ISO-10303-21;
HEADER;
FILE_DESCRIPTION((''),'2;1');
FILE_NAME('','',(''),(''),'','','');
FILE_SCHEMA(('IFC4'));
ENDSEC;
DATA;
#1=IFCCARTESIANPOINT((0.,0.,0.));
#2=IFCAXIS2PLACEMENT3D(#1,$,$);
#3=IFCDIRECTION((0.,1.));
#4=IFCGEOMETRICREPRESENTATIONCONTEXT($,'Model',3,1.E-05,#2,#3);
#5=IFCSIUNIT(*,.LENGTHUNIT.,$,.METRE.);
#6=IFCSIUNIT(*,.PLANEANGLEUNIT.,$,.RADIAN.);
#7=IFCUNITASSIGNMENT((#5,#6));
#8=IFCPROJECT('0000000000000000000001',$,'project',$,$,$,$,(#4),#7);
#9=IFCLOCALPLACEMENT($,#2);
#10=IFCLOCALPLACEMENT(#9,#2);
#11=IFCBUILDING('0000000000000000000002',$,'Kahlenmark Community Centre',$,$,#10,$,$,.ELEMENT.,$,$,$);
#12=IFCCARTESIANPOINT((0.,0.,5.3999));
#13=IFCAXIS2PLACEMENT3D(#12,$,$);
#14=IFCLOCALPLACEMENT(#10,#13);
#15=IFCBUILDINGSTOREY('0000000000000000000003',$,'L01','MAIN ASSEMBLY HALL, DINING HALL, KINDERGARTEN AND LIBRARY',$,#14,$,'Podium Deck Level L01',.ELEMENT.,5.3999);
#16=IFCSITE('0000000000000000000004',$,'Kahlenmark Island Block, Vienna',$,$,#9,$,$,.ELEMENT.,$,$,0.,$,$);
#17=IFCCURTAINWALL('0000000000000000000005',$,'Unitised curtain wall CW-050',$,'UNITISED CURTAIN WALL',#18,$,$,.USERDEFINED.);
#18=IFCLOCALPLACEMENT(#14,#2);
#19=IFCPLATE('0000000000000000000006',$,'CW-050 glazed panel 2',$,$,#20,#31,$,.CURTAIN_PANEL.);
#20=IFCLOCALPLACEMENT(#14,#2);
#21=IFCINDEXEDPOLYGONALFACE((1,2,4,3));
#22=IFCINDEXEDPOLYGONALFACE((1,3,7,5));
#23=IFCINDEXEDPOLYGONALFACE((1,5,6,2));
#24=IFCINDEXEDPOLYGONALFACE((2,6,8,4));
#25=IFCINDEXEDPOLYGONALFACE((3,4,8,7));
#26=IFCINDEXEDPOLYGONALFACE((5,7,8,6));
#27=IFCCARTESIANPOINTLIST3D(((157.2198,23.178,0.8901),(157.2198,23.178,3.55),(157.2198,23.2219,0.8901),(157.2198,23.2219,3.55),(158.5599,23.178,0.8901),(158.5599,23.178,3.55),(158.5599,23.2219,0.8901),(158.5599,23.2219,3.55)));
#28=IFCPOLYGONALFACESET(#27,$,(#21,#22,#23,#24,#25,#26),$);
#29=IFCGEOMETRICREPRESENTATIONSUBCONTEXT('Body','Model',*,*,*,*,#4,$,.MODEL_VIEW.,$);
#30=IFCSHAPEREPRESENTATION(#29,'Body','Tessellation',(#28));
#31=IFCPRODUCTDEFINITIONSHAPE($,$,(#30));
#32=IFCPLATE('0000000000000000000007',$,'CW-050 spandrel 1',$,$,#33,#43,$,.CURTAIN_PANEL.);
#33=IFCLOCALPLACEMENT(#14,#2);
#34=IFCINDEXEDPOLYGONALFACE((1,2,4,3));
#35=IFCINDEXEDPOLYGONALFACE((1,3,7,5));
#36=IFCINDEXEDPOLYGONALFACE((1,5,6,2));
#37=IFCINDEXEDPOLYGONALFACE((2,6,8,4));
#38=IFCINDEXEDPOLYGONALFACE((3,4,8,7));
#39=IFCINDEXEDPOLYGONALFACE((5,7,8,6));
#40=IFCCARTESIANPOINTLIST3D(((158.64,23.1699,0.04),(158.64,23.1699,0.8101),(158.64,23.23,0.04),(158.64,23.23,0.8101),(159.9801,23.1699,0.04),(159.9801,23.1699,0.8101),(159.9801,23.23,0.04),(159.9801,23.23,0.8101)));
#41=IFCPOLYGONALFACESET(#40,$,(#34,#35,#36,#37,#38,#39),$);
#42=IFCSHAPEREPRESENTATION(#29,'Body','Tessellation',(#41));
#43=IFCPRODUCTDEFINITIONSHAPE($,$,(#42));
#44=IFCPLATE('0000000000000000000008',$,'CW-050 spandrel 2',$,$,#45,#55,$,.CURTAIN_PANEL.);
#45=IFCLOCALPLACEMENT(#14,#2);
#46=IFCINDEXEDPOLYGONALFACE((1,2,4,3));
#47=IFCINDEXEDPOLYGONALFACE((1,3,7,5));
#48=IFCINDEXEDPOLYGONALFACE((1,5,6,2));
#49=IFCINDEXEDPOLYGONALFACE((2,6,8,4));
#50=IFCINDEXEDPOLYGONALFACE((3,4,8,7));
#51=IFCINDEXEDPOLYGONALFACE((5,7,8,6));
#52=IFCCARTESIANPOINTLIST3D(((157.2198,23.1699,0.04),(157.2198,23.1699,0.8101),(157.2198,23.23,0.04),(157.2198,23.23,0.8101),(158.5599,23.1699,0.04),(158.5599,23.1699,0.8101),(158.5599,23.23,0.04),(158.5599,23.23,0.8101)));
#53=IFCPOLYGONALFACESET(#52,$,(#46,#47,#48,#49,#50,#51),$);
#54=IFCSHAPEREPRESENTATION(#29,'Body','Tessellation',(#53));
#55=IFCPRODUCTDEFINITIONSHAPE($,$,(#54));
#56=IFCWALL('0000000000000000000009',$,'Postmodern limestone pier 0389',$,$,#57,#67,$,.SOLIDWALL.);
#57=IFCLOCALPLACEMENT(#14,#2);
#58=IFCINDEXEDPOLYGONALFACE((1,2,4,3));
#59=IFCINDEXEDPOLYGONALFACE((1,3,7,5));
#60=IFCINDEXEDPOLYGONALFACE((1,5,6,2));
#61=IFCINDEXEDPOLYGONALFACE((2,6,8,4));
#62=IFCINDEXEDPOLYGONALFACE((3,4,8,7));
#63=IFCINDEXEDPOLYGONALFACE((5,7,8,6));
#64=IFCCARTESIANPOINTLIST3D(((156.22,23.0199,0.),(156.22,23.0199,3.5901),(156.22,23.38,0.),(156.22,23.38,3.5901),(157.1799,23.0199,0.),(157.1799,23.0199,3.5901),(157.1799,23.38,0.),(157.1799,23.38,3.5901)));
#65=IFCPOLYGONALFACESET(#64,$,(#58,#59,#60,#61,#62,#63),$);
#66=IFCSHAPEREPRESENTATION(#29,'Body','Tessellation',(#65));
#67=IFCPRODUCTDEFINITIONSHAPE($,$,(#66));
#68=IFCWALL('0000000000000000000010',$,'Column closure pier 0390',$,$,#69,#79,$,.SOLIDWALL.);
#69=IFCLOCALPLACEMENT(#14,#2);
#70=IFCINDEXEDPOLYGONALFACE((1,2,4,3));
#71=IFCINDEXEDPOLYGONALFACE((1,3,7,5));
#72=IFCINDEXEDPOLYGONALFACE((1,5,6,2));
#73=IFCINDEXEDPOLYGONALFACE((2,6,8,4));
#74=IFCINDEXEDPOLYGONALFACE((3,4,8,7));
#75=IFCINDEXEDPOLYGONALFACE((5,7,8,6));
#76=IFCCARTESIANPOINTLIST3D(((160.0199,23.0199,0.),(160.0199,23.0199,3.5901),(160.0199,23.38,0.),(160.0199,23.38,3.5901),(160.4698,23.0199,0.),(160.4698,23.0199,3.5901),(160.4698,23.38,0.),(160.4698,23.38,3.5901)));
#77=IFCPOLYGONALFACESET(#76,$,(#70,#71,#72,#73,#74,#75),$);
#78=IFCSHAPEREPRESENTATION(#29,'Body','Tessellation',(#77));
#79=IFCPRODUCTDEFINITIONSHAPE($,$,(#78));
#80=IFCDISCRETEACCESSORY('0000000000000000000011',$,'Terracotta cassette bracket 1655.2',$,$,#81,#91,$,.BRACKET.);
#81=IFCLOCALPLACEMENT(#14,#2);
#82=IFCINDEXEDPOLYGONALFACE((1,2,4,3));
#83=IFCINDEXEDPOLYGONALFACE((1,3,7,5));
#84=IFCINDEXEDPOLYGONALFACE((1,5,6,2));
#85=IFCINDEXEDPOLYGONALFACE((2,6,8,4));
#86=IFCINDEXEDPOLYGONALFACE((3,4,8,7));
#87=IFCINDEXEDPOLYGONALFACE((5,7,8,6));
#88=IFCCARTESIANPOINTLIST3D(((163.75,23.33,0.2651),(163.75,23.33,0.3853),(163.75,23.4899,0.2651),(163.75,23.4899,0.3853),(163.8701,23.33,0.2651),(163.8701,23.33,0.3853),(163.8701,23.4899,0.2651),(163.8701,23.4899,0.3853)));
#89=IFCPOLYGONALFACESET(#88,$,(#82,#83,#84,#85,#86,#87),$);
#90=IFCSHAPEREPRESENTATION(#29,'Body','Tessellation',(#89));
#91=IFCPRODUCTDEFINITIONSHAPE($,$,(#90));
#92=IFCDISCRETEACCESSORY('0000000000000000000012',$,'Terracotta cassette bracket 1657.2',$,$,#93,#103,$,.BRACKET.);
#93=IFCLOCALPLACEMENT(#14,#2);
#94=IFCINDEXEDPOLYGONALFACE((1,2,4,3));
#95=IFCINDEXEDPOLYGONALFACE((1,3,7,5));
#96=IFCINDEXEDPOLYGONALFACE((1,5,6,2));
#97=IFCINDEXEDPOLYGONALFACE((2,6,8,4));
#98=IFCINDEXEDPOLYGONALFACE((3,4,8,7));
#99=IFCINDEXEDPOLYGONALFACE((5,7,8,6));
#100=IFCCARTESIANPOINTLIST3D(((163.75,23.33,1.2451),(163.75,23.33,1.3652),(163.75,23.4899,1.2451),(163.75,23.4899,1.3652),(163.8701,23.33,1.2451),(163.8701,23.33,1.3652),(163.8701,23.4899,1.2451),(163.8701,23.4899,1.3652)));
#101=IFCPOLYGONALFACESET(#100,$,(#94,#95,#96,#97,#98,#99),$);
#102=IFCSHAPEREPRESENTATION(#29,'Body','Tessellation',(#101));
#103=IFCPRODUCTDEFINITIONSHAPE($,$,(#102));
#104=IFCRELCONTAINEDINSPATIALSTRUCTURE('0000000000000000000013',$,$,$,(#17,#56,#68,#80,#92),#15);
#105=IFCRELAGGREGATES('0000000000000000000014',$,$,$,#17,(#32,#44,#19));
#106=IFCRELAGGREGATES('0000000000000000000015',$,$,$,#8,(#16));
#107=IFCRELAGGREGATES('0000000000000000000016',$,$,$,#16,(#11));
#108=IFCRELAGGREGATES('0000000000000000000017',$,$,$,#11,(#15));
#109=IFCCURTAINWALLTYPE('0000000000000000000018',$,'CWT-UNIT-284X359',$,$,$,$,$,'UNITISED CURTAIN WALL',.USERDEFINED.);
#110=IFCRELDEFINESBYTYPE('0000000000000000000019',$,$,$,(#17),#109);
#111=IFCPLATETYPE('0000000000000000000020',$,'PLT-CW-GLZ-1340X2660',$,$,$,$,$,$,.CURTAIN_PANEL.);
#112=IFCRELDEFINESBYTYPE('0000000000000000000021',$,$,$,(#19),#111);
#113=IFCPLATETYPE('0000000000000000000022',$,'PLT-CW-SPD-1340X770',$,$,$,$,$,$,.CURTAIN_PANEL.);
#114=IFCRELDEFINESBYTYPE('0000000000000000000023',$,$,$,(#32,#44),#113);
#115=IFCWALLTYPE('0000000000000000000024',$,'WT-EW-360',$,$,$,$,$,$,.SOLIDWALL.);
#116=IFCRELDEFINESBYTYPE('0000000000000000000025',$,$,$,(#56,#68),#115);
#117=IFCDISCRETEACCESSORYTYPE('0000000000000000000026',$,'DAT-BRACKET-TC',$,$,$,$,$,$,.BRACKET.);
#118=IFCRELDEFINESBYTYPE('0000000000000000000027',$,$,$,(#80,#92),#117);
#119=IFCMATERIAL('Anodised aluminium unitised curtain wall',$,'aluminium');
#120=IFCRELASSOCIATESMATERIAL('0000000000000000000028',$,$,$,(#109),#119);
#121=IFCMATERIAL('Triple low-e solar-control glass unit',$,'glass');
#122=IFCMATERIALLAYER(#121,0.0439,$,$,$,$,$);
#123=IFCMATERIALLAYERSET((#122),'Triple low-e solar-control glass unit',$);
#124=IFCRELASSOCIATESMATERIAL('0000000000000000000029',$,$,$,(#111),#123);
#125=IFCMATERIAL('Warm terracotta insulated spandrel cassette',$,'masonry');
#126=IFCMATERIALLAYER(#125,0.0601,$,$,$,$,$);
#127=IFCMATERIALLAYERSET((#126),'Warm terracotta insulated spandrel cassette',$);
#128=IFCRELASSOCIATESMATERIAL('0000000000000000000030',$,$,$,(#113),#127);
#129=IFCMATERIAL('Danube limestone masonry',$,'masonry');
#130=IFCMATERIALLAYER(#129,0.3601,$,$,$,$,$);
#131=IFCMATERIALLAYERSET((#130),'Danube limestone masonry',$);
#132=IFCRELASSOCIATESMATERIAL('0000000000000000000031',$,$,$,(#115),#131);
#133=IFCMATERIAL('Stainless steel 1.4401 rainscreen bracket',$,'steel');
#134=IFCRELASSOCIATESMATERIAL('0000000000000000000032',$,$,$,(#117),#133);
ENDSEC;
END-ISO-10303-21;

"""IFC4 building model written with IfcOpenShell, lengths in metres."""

from ifc_helpers import new_model, si_unit, direction, frame, frame_2d, origin, origin_2d, place, context, subcontext, project, spatial, rectangle, extrude, material, layer, layer_set, type_object, element, aggregate, save


model = new_model("IFC4")

# Units and contexts
model_context = context("Model", 3, precision=1e-05, world=origin(), true_north=direction((0.0, 1.0)))
body_context = subcontext(model_context, "Body", "Model", "MODEL_VIEW")
ifc_project = project(units=[si_unit("LENGTHUNIT", "METRE"), si_unit("PLANEANGLEUNIT", "RADIAN")], contexts=[model_context])

# Site, building, storey
site_placement = place(None, origin())
site = spatial("IfcSite", under=ifc_project, at=site_placement, Name="Kahlenmark Island Block, Vienna", CompositionType="ELEMENT", RefElevation=0.0)
building_placement = place(site_placement, origin())
building = spatial("IfcBuilding", under=site, at=building_placement, Name="Kahlenmark Community Centre", CompositionType="ELEMENT")
storey_placement = place(building_placement, frame((0.0, 0.0, 5.3999)))
storey = spatial("IfcBuildingStorey", under=building, at=storey_placement, Name="L01", Description="MAIN ASSEMBLY HALL, DINING HALL, KINDERGARTEN AND LIBRARY", LongName="Podium Deck Level L01", CompositionType="ELEMENT", Elevation=5.3999)

# Curtain wall
ifc_material_1 = material(Name="Anodised aluminium unitised curtain wall", Category="aluminium")
curtain_wall_type = type_object("IfcCurtainWallType", Name="CWT-UNIT-284X359", ElementType="UNITISED CURTAIN WALL", PredefinedType="USERDEFINED", material=ifc_material_1)
curtain_wall_1_placement = place(storey_placement, origin())
curtain_wall_1 = element("IfcCurtainWall", 1, at=curtain_wall_1_placement, inside=storey, type_object=curtain_wall_type, Name="Unitised curtain wall CW-050", ObjectType="UNITISED CURTAIN WALL", PredefinedType="USERDEFINED")

# Plates
ifc_material_2 = material(Name="Triple low-e solar-control glass unit", Category="glass")
ifc_layer_1 = layer(ifc_material_2, 0.0439)
ifc_layer_set_1 = layer_set([ifc_layer_1], Name="Triple low-e solar-control glass unit")
plate_type_1 = type_object("IfcPlateType", Name="PLT-CW-GLZ-1340X2660", PredefinedType="CURTAIN_PANEL", material=ifc_layer_set_1)
plate_1_placement = place(storey_placement, frame((157.8899, 23.2, 0.8901), z_axis=(0.0, 0.0, 1.0), x_axis=(-1.0, 0.0, 0.0)))
plate_1 = element("IfcPlate", 2, at=plate_1_placement, type_object=plate_type_1, Name="CW-050 glazed panel 2", PredefinedType="CURTAIN_PANEL", context=body_context, shape_type="SweptSolid", body=[
    extrude(rectangle(XDim=1.3401, YDim=0.0439, at=origin_2d()), origin(), (0.0, 0.0, 1.0), 2.6599),
])
ifc_material_3 = material(Name="Warm terracotta insulated spandrel cassette", Category="masonry")
ifc_layer_2 = layer(ifc_material_3, 0.0601)
ifc_layer_set_2 = layer_set([ifc_layer_2], Name="Warm terracotta insulated spandrel cassette")
plate_type_2 = type_object("IfcPlateType", Name="PLT-CW-SPD-1340X770", PredefinedType="CURTAIN_PANEL", material=ifc_layer_set_2)
plate_2_placement = place(storey_placement, frame((159.3101, 23.2, 0.04), z_axis=(0.0, 0.0, 1.0), x_axis=(-1.0, 0.0, 0.0)))
plate_2 = element("IfcPlate", 3, at=plate_2_placement, type_object=plate_type_2, Name="CW-050 spandrel 1", PredefinedType="CURTAIN_PANEL", context=body_context, shape_type="SweptSolid", body=[
    extrude(rectangle(XDim=1.3401, YDim=0.0601, at=origin_2d()), origin(), (0.0, 0.0, 1.0), 0.77),
])
plate_3_placement = place(storey_placement, frame((157.8899, 23.2, 0.04), z_axis=(0.0, 0.0, 1.0), x_axis=(-1.0, 0.0, 0.0)))
plate_3 = element("IfcPlate", 4, at=plate_3_placement, type_object=plate_type_2, Name="CW-050 spandrel 2", PredefinedType="CURTAIN_PANEL", context=body_context, shape_type="SweptSolid", body=[
    extrude(rectangle(XDim=1.3401, YDim=0.0601, at=origin_2d()), origin(), (0.0, 0.0, 1.0), 0.77),
])
aggregate(curtain_wall_1, [plate_2, plate_3, plate_1])

# Walls
ifc_material_4 = material(Name="Danube limestone masonry", Category="masonry")
ifc_layer_3 = layer(ifc_material_4, 0.3601)
ifc_layer_set_3 = layer_set([ifc_layer_3], Name="Danube limestone masonry")
wall_type = type_object("IfcWallType", Name="WT-EW-360", PredefinedType="SOLIDWALL", material=ifc_layer_set_3)
wall_1_placement = place(storey_placement, frame((157.1799, 23.2, 0.0), z_axis=(0.0, 0.0, 1.0), x_axis=(-1.0, 0.0, 0.0)))
element("IfcWall", 5, at=wall_1_placement, inside=storey, type_object=wall_type, Name="Postmodern limestone pier 0389", PredefinedType="SOLIDWALL", context=body_context, shape_type="SweptSolid", body=[
    extrude(rectangle(XDim=0.96, YDim=0.3601, at=frame_2d((0.48, 0.0))), origin(), (0.0, 0.0, 1.0), 3.5901),
])
wall_2_placement = place(storey_placement, frame((160.47, 23.2, 0.0), z_axis=(0.0, 0.0, 1.0), x_axis=(-1.0, 0.0, 0.0)))
element("IfcWall", 6, at=wall_2_placement, inside=storey, type_object=wall_type, Name="Column closure pier 0390", PredefinedType="SOLIDWALL", context=body_context, shape_type="SweptSolid", body=[
    extrude(rectangle(XDim=0.45, YDim=0.3601, at=frame_2d((0.2251, 0.0))), origin(), (0.0, 0.0, 1.0), 3.5901),
])

# Discrete accessories
ifc_material_5 = material(Name="Stainless steel 1.4401 rainscreen bracket", Category="steel")
discrete_accessory_type = type_object("IfcDiscreteAccessoryType", Name="DAT-BRACKET-TC", PredefinedType="BRACKET", material=ifc_material_5)
for number, where, z_axis, x_axis, name in (
    (7, (163.8101, 23.4099, 0.2651), (0.0, 0.0, 1.0), (-1.0, 0.0, 0.0), "Terracotta cassette bracket 1655.2"),
    (8, (163.8101, 23.4099, 1.2451), (0.0, 0.0, 1.0), (-1.0, 0.0, 0.0), "Terracotta cassette bracket 1657.2"),
):
    element("IfcDiscreteAccessory", number, at=place(storey_placement, frame(where, z_axis=z_axis, x_axis=x_axis)), inside=storey, type_object=discrete_accessory_type, Name=name, PredefinedType="BRACKET", context=body_context, shape_type="SweptSolid", body=[
        extrude(rectangle(XDim=0.1201, YDim=0.1599, at=origin_2d()), origin(), (0.0, 0.0, 1.0), 0.1201),
    ])

save(model, "model.ifc")
